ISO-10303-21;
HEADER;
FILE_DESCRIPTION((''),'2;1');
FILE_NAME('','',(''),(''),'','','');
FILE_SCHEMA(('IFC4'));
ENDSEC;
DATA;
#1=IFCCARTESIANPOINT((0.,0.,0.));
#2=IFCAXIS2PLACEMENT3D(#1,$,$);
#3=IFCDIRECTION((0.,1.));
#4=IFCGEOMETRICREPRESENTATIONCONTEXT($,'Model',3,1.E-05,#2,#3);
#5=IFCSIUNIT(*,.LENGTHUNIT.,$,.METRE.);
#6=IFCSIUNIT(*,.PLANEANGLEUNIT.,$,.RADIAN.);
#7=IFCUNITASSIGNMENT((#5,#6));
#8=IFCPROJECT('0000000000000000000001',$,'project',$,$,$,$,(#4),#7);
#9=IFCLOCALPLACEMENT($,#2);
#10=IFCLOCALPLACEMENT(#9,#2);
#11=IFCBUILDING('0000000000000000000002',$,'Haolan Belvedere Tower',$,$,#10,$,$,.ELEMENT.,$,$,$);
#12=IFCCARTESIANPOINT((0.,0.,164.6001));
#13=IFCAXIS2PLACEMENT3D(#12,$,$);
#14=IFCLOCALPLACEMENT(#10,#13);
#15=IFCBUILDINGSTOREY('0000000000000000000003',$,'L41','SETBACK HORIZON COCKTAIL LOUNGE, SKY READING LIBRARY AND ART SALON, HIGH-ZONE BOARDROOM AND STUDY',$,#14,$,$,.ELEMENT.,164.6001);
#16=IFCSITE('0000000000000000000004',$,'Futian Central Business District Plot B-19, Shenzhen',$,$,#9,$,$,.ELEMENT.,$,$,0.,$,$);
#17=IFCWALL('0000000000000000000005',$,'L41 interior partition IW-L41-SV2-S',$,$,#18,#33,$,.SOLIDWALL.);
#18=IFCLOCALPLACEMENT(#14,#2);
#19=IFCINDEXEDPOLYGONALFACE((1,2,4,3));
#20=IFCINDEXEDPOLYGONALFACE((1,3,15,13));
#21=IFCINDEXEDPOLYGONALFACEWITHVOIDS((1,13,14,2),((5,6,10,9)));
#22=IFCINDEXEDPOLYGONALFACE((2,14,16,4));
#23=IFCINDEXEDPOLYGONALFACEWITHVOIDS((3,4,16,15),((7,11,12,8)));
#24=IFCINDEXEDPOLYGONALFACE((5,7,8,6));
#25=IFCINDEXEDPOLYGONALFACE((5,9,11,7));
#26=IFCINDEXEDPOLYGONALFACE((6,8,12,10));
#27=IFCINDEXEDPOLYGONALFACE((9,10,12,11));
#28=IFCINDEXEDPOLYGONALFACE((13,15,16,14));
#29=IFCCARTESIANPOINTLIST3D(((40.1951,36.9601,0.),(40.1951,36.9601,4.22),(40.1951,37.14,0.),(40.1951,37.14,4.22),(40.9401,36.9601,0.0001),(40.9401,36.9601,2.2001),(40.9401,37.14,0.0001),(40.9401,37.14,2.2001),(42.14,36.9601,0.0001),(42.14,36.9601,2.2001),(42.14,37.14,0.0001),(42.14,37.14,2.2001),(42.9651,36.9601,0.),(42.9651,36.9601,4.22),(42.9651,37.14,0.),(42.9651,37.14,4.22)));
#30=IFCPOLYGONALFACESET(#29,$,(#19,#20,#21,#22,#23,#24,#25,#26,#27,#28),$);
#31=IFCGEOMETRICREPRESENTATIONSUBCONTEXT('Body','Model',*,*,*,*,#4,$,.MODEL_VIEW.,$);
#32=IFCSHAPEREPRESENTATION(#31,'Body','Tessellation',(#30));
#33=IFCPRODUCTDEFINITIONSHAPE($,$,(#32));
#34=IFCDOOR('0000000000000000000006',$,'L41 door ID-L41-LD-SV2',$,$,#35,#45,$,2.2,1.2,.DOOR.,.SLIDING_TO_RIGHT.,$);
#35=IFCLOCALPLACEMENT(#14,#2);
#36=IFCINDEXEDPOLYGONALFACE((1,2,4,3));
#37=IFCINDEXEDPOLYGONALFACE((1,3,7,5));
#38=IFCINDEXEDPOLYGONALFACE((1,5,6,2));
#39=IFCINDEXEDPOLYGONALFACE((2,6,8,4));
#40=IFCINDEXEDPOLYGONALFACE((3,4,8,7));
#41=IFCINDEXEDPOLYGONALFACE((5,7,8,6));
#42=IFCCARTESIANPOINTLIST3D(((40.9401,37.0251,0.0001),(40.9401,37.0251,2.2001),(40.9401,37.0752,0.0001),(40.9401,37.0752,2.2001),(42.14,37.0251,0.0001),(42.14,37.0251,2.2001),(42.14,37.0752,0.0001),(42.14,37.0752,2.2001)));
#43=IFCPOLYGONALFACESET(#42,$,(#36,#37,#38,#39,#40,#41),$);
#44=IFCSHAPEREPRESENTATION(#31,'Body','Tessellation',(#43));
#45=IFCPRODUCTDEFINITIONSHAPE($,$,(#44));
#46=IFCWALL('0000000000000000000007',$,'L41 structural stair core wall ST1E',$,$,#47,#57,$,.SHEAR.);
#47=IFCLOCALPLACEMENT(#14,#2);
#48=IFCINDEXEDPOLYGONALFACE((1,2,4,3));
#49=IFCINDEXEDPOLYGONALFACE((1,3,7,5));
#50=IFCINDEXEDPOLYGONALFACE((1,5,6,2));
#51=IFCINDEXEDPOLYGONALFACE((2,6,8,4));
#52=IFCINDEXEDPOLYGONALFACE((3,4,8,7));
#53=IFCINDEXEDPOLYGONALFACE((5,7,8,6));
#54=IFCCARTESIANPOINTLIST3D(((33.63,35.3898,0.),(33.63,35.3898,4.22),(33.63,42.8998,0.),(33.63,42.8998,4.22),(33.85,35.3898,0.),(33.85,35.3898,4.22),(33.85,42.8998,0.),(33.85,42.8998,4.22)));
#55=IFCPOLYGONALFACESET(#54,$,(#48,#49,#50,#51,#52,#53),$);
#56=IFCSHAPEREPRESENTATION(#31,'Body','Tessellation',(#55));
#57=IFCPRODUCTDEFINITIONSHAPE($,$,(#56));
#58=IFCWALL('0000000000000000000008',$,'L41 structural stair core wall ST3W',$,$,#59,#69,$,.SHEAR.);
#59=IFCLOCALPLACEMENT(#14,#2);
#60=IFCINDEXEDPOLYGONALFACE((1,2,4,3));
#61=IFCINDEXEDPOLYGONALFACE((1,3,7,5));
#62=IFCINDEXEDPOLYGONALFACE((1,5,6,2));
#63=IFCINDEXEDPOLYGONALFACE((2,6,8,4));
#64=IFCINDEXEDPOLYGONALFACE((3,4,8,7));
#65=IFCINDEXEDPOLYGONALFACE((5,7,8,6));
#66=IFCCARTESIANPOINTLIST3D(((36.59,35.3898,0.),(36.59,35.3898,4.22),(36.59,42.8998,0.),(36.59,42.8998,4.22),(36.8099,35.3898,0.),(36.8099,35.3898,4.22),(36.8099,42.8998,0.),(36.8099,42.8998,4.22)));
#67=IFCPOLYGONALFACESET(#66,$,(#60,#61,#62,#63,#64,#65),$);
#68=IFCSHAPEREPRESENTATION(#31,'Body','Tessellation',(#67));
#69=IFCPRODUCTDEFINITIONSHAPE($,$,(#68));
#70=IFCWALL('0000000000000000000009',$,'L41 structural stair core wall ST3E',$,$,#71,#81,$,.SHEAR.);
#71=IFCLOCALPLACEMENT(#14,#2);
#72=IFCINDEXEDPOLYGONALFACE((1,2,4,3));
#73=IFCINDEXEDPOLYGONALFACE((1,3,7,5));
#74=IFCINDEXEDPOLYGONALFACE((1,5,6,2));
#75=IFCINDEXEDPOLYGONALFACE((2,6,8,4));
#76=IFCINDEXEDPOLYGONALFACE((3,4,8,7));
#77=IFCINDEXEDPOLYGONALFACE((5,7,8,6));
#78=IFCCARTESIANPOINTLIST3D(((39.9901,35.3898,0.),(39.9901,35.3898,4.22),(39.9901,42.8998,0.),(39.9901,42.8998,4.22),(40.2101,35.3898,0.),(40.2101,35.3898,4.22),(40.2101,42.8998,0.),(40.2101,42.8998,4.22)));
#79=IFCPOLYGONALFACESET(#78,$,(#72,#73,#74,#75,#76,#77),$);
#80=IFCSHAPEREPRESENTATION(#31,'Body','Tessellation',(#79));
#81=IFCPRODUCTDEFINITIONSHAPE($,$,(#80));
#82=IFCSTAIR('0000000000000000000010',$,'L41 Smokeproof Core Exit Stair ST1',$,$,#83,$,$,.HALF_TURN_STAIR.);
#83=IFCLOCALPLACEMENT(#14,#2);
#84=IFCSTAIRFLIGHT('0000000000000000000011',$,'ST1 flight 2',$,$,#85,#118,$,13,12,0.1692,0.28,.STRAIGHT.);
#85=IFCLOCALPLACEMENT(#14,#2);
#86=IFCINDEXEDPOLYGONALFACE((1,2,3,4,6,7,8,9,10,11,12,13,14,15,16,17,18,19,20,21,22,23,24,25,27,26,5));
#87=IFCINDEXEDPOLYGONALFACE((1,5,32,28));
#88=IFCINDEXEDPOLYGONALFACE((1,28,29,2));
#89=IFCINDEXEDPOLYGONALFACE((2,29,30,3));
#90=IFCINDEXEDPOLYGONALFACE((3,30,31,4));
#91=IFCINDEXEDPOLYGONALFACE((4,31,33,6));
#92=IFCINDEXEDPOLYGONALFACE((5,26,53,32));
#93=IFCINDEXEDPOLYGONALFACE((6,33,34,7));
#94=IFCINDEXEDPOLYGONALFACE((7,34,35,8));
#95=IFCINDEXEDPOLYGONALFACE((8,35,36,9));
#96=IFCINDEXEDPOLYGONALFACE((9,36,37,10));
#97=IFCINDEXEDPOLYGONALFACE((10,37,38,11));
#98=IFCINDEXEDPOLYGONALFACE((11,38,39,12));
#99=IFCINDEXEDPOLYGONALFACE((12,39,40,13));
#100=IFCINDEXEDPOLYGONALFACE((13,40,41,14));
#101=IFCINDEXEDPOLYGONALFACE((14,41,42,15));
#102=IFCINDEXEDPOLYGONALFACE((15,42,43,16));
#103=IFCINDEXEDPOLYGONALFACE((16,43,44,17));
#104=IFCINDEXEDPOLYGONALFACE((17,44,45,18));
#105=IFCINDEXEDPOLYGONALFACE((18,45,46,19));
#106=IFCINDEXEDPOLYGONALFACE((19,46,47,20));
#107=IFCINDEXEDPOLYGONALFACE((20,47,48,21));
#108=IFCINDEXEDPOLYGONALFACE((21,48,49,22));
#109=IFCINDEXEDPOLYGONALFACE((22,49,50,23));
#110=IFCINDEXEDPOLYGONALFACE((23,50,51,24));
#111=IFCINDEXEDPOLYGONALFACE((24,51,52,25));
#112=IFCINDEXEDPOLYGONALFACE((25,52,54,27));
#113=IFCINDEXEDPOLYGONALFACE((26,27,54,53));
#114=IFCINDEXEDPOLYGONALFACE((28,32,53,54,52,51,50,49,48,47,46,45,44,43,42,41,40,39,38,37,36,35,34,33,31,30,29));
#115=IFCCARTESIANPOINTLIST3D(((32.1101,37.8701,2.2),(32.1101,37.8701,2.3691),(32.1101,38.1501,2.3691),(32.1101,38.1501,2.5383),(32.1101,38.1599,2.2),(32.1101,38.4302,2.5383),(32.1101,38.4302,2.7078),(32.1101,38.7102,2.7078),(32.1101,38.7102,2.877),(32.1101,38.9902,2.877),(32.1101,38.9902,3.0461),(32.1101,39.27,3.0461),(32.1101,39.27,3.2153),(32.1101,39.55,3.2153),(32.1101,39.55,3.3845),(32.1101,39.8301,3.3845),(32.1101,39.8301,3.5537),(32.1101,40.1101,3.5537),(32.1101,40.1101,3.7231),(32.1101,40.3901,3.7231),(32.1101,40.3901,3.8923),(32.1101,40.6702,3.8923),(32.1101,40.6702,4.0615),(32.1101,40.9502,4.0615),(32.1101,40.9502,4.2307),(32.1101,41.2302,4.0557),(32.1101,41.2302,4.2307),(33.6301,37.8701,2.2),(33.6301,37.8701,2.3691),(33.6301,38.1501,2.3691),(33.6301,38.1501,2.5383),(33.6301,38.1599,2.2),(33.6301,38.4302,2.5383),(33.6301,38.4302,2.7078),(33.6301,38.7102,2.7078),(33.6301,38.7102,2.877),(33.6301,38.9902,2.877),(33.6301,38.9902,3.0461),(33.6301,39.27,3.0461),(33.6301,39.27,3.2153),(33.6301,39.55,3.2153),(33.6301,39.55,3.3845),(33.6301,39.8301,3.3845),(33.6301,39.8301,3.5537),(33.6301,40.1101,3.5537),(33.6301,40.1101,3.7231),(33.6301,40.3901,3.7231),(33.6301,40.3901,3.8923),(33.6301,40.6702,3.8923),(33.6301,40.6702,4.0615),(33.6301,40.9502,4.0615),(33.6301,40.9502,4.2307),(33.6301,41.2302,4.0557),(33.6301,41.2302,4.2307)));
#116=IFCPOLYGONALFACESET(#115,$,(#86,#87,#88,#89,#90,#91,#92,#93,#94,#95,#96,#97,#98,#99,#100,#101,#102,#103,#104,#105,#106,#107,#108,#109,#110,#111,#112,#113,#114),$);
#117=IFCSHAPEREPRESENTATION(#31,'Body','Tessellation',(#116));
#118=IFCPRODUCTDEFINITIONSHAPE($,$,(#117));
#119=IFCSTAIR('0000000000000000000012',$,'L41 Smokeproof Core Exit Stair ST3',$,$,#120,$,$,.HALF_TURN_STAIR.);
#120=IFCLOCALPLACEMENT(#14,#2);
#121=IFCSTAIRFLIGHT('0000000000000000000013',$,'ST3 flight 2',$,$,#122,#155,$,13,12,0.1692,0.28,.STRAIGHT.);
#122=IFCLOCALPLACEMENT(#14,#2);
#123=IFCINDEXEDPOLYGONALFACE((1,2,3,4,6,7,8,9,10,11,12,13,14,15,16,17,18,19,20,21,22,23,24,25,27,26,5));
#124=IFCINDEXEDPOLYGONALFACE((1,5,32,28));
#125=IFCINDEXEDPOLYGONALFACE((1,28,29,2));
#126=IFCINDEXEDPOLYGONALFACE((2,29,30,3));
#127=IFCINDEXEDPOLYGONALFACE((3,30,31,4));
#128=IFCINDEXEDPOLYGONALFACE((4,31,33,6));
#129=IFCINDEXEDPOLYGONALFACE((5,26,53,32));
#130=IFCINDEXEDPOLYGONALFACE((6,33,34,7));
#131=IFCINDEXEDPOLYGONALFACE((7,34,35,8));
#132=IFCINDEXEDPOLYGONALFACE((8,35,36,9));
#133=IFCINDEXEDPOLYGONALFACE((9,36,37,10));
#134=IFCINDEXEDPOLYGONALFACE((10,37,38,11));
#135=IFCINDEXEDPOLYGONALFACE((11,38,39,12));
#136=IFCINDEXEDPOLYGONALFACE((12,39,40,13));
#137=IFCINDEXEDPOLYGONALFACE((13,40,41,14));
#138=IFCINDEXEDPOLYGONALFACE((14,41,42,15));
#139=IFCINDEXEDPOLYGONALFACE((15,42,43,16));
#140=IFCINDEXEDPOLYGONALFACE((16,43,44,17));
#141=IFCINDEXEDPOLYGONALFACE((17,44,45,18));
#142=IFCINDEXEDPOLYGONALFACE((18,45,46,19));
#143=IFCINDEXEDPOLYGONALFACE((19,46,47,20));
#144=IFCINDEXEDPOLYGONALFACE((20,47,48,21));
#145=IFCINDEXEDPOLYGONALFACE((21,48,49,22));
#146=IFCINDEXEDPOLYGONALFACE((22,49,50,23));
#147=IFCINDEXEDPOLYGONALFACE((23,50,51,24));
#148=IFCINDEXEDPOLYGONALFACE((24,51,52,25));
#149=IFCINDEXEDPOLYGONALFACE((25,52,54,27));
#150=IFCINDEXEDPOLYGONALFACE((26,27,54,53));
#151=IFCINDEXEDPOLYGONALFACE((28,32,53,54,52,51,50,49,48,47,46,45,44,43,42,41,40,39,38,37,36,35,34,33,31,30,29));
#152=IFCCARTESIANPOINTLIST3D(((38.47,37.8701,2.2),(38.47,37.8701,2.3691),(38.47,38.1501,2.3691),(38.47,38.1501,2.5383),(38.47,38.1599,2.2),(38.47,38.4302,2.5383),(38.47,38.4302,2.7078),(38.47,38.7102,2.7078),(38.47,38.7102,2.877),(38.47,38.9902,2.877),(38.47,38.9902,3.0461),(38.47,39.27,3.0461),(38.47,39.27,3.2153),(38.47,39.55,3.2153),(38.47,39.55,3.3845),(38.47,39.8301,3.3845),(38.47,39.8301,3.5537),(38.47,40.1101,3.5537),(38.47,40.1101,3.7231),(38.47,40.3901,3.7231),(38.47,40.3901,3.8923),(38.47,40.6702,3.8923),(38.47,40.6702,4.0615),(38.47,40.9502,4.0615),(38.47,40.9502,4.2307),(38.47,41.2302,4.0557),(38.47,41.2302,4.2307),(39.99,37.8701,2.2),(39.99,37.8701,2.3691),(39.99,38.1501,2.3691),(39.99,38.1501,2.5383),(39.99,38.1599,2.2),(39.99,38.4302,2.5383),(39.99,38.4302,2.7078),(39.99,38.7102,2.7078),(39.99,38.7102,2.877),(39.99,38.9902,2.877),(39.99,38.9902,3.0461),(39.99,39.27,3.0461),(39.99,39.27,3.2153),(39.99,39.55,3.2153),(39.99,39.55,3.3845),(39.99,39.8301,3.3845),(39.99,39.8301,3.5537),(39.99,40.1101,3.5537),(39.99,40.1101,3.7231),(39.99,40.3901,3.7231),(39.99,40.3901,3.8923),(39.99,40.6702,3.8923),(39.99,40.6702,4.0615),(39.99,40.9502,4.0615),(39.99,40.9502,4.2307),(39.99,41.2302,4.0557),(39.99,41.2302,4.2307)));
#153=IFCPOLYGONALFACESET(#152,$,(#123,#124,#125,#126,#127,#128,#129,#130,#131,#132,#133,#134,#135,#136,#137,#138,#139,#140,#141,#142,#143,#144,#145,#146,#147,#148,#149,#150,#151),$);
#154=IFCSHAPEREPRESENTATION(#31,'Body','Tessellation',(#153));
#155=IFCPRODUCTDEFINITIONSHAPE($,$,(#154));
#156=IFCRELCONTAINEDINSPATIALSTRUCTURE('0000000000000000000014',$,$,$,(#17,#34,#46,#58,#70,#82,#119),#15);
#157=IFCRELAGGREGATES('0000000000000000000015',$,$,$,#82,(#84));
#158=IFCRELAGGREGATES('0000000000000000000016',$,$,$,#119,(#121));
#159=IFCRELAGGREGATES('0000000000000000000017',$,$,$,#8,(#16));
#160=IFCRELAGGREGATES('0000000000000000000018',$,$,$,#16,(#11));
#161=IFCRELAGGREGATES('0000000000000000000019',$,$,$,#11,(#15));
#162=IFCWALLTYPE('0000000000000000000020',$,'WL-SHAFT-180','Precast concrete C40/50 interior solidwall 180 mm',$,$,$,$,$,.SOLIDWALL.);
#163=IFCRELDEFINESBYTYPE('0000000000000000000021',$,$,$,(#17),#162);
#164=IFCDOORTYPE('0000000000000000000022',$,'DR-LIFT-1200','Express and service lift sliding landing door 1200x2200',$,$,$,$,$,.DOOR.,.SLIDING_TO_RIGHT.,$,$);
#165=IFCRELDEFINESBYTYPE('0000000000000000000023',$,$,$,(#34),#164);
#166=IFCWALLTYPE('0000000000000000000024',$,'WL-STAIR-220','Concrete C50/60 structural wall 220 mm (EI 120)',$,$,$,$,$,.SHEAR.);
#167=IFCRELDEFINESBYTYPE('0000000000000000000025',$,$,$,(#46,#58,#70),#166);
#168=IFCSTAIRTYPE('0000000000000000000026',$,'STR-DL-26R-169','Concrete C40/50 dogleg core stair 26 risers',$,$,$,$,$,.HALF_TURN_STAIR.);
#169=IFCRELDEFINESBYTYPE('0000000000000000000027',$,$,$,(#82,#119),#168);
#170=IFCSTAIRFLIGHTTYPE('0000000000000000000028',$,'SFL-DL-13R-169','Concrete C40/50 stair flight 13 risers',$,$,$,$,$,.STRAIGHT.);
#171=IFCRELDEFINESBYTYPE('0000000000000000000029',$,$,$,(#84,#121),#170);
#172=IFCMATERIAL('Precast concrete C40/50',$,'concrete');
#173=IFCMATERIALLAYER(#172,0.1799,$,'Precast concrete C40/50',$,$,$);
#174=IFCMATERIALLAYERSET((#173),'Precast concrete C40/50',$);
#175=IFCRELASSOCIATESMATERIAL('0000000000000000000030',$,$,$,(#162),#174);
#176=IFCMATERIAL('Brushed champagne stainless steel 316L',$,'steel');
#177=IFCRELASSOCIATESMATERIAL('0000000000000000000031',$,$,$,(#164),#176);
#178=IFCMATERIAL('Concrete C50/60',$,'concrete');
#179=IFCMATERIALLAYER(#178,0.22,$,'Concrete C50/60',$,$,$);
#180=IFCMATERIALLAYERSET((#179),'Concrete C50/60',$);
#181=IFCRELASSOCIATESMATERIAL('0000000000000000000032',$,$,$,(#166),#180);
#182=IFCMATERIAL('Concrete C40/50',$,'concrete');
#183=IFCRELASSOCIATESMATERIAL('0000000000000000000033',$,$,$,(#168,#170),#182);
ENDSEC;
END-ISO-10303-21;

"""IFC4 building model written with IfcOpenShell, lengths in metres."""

from ifc_helpers import new_model, si_unit, direction, frame, frame_2d, origin, place, context, subcontext, project, spatial, polyline, rectangle, outline, extrude, material, layer, layer_set, type_object, element, fill, aggregate, save


model = new_model("IFC4")

# Units and contexts
model_context = context("Model", 3, precision=1e-05, world=origin(), true_north=direction((0.0, 1.0)))
body_context = subcontext(model_context, "Body", "Model", "MODEL_VIEW")
ifc_project = project(units=[si_unit("LENGTHUNIT", "METRE"), si_unit("PLANEANGLEUNIT", "RADIAN")], contexts=[model_context])

# Site, building, storey
site_placement = place(None, origin())
site = spatial("IfcSite", under=ifc_project, at=site_placement, Name="Futian Central Business District Plot B-19, Shenzhen", CompositionType="ELEMENT", RefElevation=0.0)
building_placement = place(site_placement, origin())
building = spatial("IfcBuilding", under=site, at=building_placement, Name="Haolan Belvedere Tower", CompositionType="ELEMENT")
storey_placement = place(building_placement, frame((0.0, 0.0, 164.6001)))
storey = spatial("IfcBuildingStorey", under=building, at=storey_placement, Name="L41", Description="SETBACK HORIZON COCKTAIL LOUNGE, SKY READING LIBRARY AND ART SALON, HIGH-ZONE BOARDROOM AND STUDY", CompositionType="ELEMENT", Elevation=164.6001)

# Shared definitions
ifc_material_1 = material(Name="Brushed champagne stainless steel 316L", Category="steel")

# Wall, opening, door
ifc_material_2 = material(Name="Precast concrete C40/50", Category="concrete")
ifc_layer_1 = layer(ifc_material_2, 0.1799, Name="Precast concrete C40/50")
ifc_layer_set_1 = layer_set([ifc_layer_1], Name="Precast concrete C40/50")
wall_type_1 = type_object("IfcWallType", Name="WL-SHAFT-180", Description="Precast concrete C40/50 interior solidwall 180 mm", PredefinedType="SOLIDWALL", material=ifc_layer_set_1)
door_type_1 = type_object("IfcDoorType", Name="DR-LIFT-1200", Description="Express and service lift sliding landing door 1200x2200", OperationType="SLIDING_TO_RIGHT", PredefinedType="DOOR", material=ifc_material_1)
wall_1_placement = place(storey_placement, frame((40.1951, 37.05, 0.0), z_axis=(0.0, 0.0, 1.0), x_axis=(1.0, 0.0, 0.0)))
wall_1 = element("IfcWall", 1, at=wall_1_placement, inside=storey, type_object=wall_type_1, Name="L41 interior partition IW-L41-SV2-S", PredefinedType="SOLIDWALL", context=body_context, shape_type="SweptSolid", body=[
    extrude(rectangle(XDim=2.77, YDim=0.1799, at=frame_2d((1.385, 0.0))), origin(), (0.0, 0.0, 1.0), 4.22),
])
opening_1_placement = place(wall_1_placement, frame((1.9451, 0.0, 0.0), z_axis=(0.0, 0.0, 1.0), x_axis=(-1.0, 0.0, 0.0)))
opening_1 = element("IfcOpeningElement", 2, at=opening_1_placement, cuts=wall_1, PredefinedType="OPENING", context=body_context, shape_type="SweptSolid", body=[
    extrude(rectangle(XDim=1.2, YDim=2.2, at=frame_2d((0.6001, 1.1001))), frame((0.0, 0.0999, 0.0), z_axis=(0.0, -1.0, 0.0), x_axis=(1.0, 0.0, 0.0)), (0.0, 0.0, 1.0), 0.2),
])
door_1_placement = place(opening_1_placement, origin())
door_1 = element("IfcDoor", 3, at=door_1_placement, inside=storey, type_object=door_type_1, Name="L41 door ID-L41-LD-SV2", OperationType="SLIDING_TO_RIGHT", OverallHeight=2.2, OverallWidth=1.2, PredefinedType="DOOR", context=body_context, shape_type="SweptSolid", body=[
    extrude(rectangle(XDim=1.2, YDim=2.2, at=frame_2d((0.6001, 1.1001))), frame((0.0, 0.0249, 0.0), z_axis=(0.0, -1.0, 0.0), x_axis=(1.0, 0.0, 0.0)), (0.0, 0.0, 1.0), 0.05),
])
fill(opening_1, door_1)

# Walls
ifc_material_3 = material(Name="Concrete C50/60", Category="concrete")
ifc_layer_2 = layer(ifc_material_3, 0.22, Name="Concrete C50/60")
ifc_layer_set_2 = layer_set([ifc_layer_2], Name="Concrete C50/60")
wall_type_2 = type_object("IfcWallType", Name="WL-STAIR-220", Description="Concrete C50/60 structural wall 220 mm (EI 120)", PredefinedType="SHEAR", material=ifc_layer_set_2)
for number, where, z_axis, x_axis, name in (
    (4, (33.74, 35.3899, 0.0), (0.0, 0.0, 1.0), (0.0, 1.0, 0.0), "L41 structural stair core wall ST1E"),
    (5, (36.7, 35.3899, 0.0), (0.0, 0.0, 1.0), (0.0, 1.0, 0.0), "L41 structural stair core wall ST3W"),
    (6, (40.1001, 35.3899, 0.0), (0.0, 0.0, 1.0), (0.0, 1.0, 0.0), "L41 structural stair core wall ST3E"),
):
    element("IfcWall", number, at=place(storey_placement, frame(where, z_axis=z_axis, x_axis=x_axis)), inside=storey, type_object=wall_type_2, Name=name, PredefinedType="SHEAR", context=body_context, shape_type="SweptSolid", body=[
        extrude(rectangle(XDim=7.51, YDim=0.22, at=frame_2d((3.7549, 0.0))), origin(), (0.0, 0.0, 1.0), 4.22),
    ])

# Stairs, stair flights
ifc_material_4 = material(Name="Concrete C40/50", Category="concrete")
stair_type = type_object("IfcStairType", Name="STR-DL-26R-169", Description="Concrete C40/50 dogleg core stair 26 risers", PredefinedType="HALF_TURN_STAIR", material=ifc_material_4)
stair_1_placement = place(storey_placement, origin())
stair_1 = element("IfcStair", 7, at=stair_1_placement, inside=storey, type_object=stair_type, Name="L41 Smokeproof Core Exit Stair ST1", PredefinedType="HALF_TURN_STAIR")
stair_flight_type = type_object("IfcStairFlightType", Name="SFL-DL-13R-169", Description="Concrete C40/50 stair flight 13 risers", PredefinedType="STRAIGHT", material=ifc_material_4)
stair_flight_1_placement = place(storey_placement, frame((32.8701, 37.8701, 2.2), z_axis=(0.0, 0.0, 1.0), x_axis=(0.0, 1.0, 0.0)))
stair_flight_1 = element("IfcStairFlight", 8, at=stair_flight_1_placement, type_object=stair_flight_type, Name="ST1 flight 2", NumberOfRisers=13, NumberOfTreads=12, PredefinedType="STRAIGHT", RiserHeight=0.1692, TreadLength=0.28, context=body_context, shape_type="SweptSolid", body=[
    extrude(outline(polyline([(0.0, 0.0), (0.0, 0.1692), (0.28, 0.1692), (0.28, 0.3384), (0.5601, 0.3384), (0.5601, 0.5078), (0.8401, 0.5078), (0.8401, 0.677), (1.1201, 0.677), (1.1201, 0.8462), (1.3999, 0.8462), (1.3999, 1.0154), (1.6799, 1.0154), (1.6799, 1.1846), (1.96, 1.1846), (1.96, 1.3538), (2.24, 1.3538), (2.24, 1.5232), (2.52, 1.5232), (2.52, 1.6924), (2.8, 1.6924), (2.8, 1.8616), (3.0801, 1.8616), (3.0801, 2.0308), (3.3601, 2.0308), (3.3601, 2.2), (3.3601, 1.8557), (0.2898, 0.0), (0.0, 0.0)])), frame((0.0, 0.76, 0.0), z_axis=(0.0, -1.0, 0.0), x_axis=(1.0, 0.0, 0.0)), (0.0, 0.0, 1.0), 1.52),
])
aggregate(stair_1, [stair_flight_1])
stair_2_placement = place(storey_placement, origin())
stair_2 = element("IfcStair", 9, at=stair_2_placement, inside=storey, type_object=stair_type, Name="L41 Smokeproof Core Exit Stair ST3", PredefinedType="HALF_TURN_STAIR")
stair_flight_2_placement = place(storey_placement, frame((39.23, 37.8701, 2.2), z_axis=(0.0, 0.0, 1.0), x_axis=(0.0, 1.0, 0.0)))
stair_flight_2 = element("IfcStairFlight", 10, at=stair_flight_2_placement, type_object=stair_flight_type, Name="ST3 flight 2", NumberOfRisers=13, NumberOfTreads=12, PredefinedType="STRAIGHT", RiserHeight=0.1692, TreadLength=0.28, context=body_context, shape_type="SweptSolid", body=[
    extrude(outline(polyline([(0.0, 0.0), (0.0, 0.1692), (0.28, 0.1692), (0.28, 0.3384), (0.5601, 0.3384), (0.5601, 0.5078), (0.8401, 0.5078), (0.8401, 0.677), (1.1201, 0.677), (1.1201, 0.8462), (1.3999, 0.8462), (1.3999, 1.0154), (1.6799, 1.0154), (1.6799, 1.1846), (1.96, 1.1846), (1.96, 1.3538), (2.24, 1.3538), (2.24, 1.5232), (2.52, 1.5232), (2.52, 1.6924), (2.8, 1.6924), (2.8, 1.8616), (3.0801, 1.8616), (3.0801, 2.0308), (3.3601, 2.0308), (3.3601, 2.2), (3.3601, 1.8557), (0.2898, 0.0), (0.0, 0.0)])), frame((0.0, 0.76, 0.0), z_axis=(0.0, -1.0, 0.0), x_axis=(1.0, 0.0, 0.0)), (0.0, 0.0, 1.0), 1.52),
])
aggregate(stair_2, [stair_flight_2])

save(model, "model.ifc")
